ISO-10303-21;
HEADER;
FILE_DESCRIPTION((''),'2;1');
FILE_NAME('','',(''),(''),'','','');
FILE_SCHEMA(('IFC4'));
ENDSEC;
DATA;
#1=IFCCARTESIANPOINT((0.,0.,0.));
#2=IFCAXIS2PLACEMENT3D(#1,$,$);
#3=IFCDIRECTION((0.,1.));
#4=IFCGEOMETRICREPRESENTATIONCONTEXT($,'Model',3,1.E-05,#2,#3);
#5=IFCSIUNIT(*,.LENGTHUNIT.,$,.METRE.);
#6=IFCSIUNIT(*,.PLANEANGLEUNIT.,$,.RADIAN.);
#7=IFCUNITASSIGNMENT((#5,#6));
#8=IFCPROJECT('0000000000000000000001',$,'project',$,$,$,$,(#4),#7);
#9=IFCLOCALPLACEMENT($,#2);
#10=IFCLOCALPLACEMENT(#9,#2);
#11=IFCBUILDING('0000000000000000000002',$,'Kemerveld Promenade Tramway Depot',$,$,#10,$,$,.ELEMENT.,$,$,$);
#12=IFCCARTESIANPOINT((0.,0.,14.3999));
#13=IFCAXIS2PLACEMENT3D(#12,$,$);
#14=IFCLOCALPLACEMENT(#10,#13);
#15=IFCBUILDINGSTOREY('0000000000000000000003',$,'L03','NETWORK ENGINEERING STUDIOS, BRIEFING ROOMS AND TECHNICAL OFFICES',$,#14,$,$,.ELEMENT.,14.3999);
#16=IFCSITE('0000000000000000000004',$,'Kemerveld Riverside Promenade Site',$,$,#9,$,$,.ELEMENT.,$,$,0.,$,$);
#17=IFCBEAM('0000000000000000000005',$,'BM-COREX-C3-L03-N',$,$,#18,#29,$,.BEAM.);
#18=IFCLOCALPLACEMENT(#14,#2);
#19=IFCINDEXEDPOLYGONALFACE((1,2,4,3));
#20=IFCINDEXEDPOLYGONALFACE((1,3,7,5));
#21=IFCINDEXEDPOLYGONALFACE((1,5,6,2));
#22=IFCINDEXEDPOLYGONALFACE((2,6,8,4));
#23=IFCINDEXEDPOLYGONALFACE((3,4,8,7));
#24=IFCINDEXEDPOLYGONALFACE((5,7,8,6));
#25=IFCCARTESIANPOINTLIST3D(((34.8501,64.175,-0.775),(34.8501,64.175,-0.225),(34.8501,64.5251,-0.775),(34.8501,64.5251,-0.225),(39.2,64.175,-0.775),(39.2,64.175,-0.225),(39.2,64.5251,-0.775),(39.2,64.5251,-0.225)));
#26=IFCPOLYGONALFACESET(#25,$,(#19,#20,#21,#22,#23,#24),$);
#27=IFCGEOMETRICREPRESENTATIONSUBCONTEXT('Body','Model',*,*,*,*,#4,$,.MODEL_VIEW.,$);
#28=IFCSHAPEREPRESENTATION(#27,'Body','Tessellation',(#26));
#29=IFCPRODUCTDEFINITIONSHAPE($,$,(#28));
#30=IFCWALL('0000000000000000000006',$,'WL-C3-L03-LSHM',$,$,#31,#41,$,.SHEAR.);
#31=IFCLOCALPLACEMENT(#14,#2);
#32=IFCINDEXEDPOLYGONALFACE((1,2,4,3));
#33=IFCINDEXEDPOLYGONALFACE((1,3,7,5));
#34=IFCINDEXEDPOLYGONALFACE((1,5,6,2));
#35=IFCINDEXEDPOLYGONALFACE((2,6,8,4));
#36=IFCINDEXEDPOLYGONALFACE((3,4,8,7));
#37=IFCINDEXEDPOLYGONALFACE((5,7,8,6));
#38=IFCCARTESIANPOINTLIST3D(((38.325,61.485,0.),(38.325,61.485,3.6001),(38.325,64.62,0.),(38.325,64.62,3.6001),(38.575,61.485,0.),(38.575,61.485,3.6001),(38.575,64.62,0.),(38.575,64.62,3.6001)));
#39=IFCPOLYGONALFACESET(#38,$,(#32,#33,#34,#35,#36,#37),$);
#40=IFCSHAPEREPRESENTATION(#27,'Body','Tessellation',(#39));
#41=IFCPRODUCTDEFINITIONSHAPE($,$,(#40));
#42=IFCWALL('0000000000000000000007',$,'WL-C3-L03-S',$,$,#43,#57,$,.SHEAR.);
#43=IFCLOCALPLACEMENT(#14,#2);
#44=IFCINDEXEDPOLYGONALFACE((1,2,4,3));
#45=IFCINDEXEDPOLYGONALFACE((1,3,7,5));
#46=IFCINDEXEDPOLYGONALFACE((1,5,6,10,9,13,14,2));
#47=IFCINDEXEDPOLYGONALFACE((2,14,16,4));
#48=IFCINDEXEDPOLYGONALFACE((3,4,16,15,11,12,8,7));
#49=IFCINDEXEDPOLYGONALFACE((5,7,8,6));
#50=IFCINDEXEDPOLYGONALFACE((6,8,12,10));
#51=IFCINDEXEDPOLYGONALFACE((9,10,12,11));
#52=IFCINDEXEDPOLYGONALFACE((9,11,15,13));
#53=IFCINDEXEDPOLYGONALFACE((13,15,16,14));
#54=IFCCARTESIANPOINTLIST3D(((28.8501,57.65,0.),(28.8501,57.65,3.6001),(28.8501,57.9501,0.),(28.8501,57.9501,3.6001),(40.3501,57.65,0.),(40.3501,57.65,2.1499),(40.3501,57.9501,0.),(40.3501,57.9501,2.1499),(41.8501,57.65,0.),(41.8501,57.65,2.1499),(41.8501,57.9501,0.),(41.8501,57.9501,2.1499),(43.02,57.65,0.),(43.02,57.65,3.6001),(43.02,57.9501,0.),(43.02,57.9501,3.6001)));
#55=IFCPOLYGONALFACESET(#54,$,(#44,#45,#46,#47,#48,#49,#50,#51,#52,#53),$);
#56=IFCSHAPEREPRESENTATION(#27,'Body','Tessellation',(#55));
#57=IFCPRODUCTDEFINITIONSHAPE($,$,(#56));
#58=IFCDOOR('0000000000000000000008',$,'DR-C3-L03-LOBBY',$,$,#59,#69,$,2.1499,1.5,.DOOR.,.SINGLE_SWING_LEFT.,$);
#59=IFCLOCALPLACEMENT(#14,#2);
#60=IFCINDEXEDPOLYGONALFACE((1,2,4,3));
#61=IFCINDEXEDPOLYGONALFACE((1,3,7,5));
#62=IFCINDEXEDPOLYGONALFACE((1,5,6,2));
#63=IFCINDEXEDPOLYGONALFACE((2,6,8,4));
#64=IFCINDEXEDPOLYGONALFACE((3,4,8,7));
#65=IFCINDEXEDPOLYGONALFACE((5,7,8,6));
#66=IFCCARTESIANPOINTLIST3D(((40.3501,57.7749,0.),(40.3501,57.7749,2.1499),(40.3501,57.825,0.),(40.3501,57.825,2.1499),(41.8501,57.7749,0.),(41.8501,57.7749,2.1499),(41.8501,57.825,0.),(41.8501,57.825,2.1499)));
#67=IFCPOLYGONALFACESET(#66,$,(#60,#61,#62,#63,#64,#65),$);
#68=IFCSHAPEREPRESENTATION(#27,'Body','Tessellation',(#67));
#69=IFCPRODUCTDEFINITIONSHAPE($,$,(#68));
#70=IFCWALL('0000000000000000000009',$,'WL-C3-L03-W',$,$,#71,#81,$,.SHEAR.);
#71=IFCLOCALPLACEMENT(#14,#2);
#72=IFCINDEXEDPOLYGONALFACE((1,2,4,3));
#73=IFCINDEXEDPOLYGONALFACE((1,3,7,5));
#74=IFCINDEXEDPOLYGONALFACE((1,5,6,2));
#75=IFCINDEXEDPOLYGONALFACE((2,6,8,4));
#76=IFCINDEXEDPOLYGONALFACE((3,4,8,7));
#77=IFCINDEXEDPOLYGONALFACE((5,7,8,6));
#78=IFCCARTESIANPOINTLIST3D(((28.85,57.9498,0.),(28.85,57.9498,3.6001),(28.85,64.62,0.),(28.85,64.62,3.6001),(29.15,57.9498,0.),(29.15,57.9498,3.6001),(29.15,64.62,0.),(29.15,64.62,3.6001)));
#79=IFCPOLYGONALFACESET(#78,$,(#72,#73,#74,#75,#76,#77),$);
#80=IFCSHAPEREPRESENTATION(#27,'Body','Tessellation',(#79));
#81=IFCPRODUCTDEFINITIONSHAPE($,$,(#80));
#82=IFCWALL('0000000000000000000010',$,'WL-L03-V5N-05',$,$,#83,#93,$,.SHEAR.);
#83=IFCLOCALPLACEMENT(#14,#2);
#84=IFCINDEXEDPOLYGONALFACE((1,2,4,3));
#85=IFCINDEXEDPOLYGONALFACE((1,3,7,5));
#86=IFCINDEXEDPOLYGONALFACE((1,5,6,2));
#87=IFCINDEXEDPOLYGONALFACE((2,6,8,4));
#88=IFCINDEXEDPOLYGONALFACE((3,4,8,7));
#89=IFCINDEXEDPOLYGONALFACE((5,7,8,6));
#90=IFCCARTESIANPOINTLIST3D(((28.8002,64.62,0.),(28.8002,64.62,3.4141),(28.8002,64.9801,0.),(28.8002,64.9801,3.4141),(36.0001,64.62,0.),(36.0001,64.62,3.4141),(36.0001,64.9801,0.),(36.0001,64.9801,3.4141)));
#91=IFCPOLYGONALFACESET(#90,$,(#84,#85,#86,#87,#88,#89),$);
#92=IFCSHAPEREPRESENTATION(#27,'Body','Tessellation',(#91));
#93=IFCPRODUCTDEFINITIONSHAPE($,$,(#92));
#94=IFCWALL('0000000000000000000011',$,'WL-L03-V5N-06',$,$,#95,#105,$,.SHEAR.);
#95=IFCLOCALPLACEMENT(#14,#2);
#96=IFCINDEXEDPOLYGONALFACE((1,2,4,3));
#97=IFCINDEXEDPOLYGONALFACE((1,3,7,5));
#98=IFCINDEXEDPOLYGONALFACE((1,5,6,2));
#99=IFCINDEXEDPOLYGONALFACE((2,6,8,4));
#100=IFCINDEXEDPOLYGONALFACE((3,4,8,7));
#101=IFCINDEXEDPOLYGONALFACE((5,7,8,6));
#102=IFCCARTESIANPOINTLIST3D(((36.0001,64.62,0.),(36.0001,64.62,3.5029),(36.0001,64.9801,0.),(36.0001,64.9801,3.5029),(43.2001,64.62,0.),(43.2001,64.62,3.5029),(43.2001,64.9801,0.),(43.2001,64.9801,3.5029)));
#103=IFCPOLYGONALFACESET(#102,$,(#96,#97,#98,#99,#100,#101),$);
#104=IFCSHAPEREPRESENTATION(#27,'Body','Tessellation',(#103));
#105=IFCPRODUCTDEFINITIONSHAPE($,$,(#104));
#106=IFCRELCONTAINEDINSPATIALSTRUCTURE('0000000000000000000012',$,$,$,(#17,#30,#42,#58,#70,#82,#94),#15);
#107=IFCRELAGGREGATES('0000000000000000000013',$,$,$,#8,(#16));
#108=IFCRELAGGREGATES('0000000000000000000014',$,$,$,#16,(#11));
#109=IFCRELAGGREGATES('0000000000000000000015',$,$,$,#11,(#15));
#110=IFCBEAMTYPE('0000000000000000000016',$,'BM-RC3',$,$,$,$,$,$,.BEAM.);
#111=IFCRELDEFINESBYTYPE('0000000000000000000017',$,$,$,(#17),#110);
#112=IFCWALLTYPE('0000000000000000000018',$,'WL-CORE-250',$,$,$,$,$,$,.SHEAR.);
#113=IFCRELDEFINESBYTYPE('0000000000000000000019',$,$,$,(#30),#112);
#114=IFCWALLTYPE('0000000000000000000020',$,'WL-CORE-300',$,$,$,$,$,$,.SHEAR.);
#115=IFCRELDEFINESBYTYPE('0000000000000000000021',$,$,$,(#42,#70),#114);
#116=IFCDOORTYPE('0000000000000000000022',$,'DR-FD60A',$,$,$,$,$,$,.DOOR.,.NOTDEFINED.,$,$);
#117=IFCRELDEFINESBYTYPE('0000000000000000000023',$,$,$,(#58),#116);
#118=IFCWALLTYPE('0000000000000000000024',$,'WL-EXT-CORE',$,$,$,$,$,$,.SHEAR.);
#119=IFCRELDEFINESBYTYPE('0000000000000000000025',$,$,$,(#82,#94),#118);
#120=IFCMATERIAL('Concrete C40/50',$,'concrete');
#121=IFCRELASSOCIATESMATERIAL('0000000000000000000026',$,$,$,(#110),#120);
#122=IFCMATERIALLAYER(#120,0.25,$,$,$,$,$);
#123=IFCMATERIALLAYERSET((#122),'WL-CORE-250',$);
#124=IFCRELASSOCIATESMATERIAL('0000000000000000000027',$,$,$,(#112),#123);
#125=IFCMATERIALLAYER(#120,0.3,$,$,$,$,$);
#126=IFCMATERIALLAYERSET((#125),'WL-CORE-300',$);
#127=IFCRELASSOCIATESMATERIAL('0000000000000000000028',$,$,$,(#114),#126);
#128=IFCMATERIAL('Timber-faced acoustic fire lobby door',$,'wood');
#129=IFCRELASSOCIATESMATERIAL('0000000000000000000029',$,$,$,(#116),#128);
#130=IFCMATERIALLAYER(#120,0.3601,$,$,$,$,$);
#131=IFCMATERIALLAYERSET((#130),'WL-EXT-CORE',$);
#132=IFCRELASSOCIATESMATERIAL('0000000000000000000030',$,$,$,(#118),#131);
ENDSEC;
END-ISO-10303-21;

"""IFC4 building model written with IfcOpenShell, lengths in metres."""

from ifc_helpers import new_model, si_unit, direction, frame, frame_2d, origin, origin_2d, place, context, subcontext, project, spatial, rectangle, extrude, material, layer, layer_set, material_profile, profile_set, type_object, element, fill, save


model = new_model("IFC4")

# Units and contexts
model_context = context("Model", 3, precision=1e-05, world=origin(), true_north=direction((0.0, 1.0)))
body_context = subcontext(model_context, "Body", "Model", "MODEL_VIEW")
ifc_project = project(units=[si_unit("LENGTHUNIT", "METRE"), si_unit("PLANEANGLEUNIT", "RADIAN")], contexts=[model_context])

# Site, building, storey
site_placement = place(None, origin())
site = spatial("IfcSite", under=ifc_project, at=site_placement, Name="Kemerveld Riverside Promenade Site", CompositionType="ELEMENT", RefElevation=0.0)
building_placement = place(site_placement, origin())
building = spatial("IfcBuilding", under=site, at=building_placement, Name="Kemerveld Promenade Tramway Depot", CompositionType="ELEMENT")
storey_placement = place(building_placement, frame((0.0, 0.0, 14.3999)))
storey = spatial("IfcBuildingStorey", under=building, at=storey_placement, Name="L03", Description="NETWORK ENGINEERING STUDIOS, BRIEFING ROOMS AND TECHNICAL OFFICES", CompositionType="ELEMENT", Elevation=14.3999)

# Beam
ifc_material_1 = material(Name="Concrete C40/50", Category="concrete")
ifc_material_profile_1 = material_profile(ifc_material_1, rectangle(XDim=0.3501, YDim=0.55, at=origin_2d()), Name="RC-BM-350x550")
ifc_profile_set_1 = profile_set([ifc_material_profile_1], Name="Concrete C40/50")
beam_type_1 = type_object("IfcBeamType", Name="BM-RC3", PredefinedType="BEAM", material=ifc_profile_set_1)
for number, where, z_axis, x_axis, name in (
    (1, (34.8501, 64.3501, -0.5), (1.0, 0.0, 0.0), (0.0, 1.0, 0.0), "BM-COREX-C3-L03-N"),
):
    element("IfcBeam", number, at=place(storey_placement, frame(where, z_axis=z_axis, x_axis=x_axis)), inside=storey, type_object=beam_type_1, Name=name, PredefinedType="BEAM", context=body_context, shape_type="SweptSolid", body=[
        extrude(rectangle(XDim=0.3501, YDim=0.55, at=origin_2d()), origin(), (0.0, 0.0, 1.0), 4.3499),
    ])

# Shared definitions
ifc_layer_1 = layer(ifc_material_1, 0.25)
ifc_layer_set_1 = layer_set([ifc_layer_1], Name="WL-CORE-250")
wall_type_1 = type_object("IfcWallType", Name="WL-CORE-250", PredefinedType="SHEAR", material=ifc_layer_set_1)

# Wall
wall_1_placement = place(storey_placement, frame((38.45, 61.4851, 0.0), z_axis=(0.0, 0.0, 1.0), x_axis=(0.0, 1.0, 0.0)))
element("IfcWall", 2, at=wall_1_placement, inside=storey, type_object=wall_type_1, Name="WL-C3-L03-LSHM", PredefinedType="SHEAR", context=body_context, shape_type="SweptSolid", body=[
    extrude(rectangle(XDim=3.135, YDim=0.25, at=frame_2d((1.5674, 0.0))), origin(), (0.0, 0.0, 1.0), 3.6001),
])

# Wall, opening, door
ifc_layer_2 = layer(ifc_material_1, 0.3)
ifc_layer_set_2 = layer_set([ifc_layer_2], Name="WL-CORE-300")
wall_type_2 = type_object("IfcWallType", Name="WL-CORE-300", PredefinedType="SHEAR", material=ifc_layer_set_2)
wall_2_placement = place(storey_placement, frame((28.8501, 57.8, 0.0), z_axis=(0.0, 0.0, 1.0), x_axis=(1.0, 0.0, 0.0)))
wall_2 = element("IfcWall", 3, at=wall_2_placement, inside=storey, type_object=wall_type_2, Name="WL-C3-L03-S", PredefinedType="SHEAR", context=body_context, shape_type="SweptSolid", body=[
    extrude(rectangle(XDim=14.1699, YDim=0.3, at=frame_2d((7.085, 0.0))), origin(), (0.0, 0.0, 1.0), 3.6001),
])
opening_1_placement = place(wall_2_placement, frame((11.5, 0.0, 0.0)))
opening_1 = element("IfcOpeningElement", 4, at=opening_1_placement, cuts=wall_2, PredefinedType="OPENING", context=body_context, shape_type="SweptSolid", body=[
    extrude(rectangle(XDim=1.5, YDim=2.1499, at=frame_2d((0.75, 1.075))), frame((0.0, 0.1599, 0.0), z_axis=(0.0, -1.0, 0.0), x_axis=(1.0, 0.0, 0.0)), (0.0, 0.0, 1.0), 0.3201),
])
ifc_material_2 = material(Name="Timber-faced acoustic fire lobby door", Category="wood")
door_type_1 = type_object("IfcDoorType", Name="DR-FD60A", OperationType="NOTDEFINED", PredefinedType="DOOR", material=ifc_material_2)
door_1_placement = place(opening_1_placement, origin())
door_1 = element("IfcDoor", 5, at=door_1_placement, inside=storey, type_object=door_type_1, Name="DR-C3-L03-LOBBY", OperationType="SINGLE_SWING_LEFT", OverallHeight=2.1499, OverallWidth=1.5, PredefinedType="DOOR", context=body_context, shape_type="SweptSolid", body=[
    extrude(rectangle(XDim=1.5, YDim=2.1499, at=frame_2d((0.75, 1.075))), frame((0.0, 0.0249, 0.0), z_axis=(0.0, -1.0, 0.0), x_axis=(1.0, 0.0, 0.0)), (0.0, 0.0, 1.0), 0.05),
])
fill(opening_1, door_1)

# Walls
wall_3_placement = place(storey_placement, frame((29.0, 57.95, 0.0), z_axis=(0.0, 0.0, 1.0), x_axis=(0.0, 1.0, 0.0)))
element("IfcWall", 6, at=wall_3_placement, inside=storey, type_object=wall_type_2, Name="WL-C3-L03-W", PredefinedType="SHEAR", context=body_context, shape_type="SweptSolid", body=[
    extrude(rectangle(XDim=6.6702, YDim=0.3, at=frame_2d((3.335, 0.0))), origin(), (0.0, 0.0, 1.0), 3.6001),
])
ifc_layer_3 = layer(ifc_material_1, 0.3601)
ifc_layer_set_3 = layer_set([ifc_layer_3], Name="WL-EXT-CORE")
wall_type_3 = type_object("IfcWallType", Name="WL-EXT-CORE", PredefinedType="SHEAR", material=ifc_layer_set_3)
wall_4_placement = place(storey_placement, frame((28.8, 64.8, 0.0), z_axis=(0.0, 0.0, 1.0), x_axis=(1.0, 0.0, 0.0)))
element("IfcWall", 7, at=wall_4_placement, inside=storey, type_object=wall_type_3, Name="WL-L03-V5N-05", PredefinedType="SHEAR", context=body_context, shape_type="SweptSolid", body=[
    extrude(rectangle(XDim=7.2, YDim=0.3601, at=frame_2d((3.6001, 0.0))), origin(), (0.0, 0.0, 1.0), 3.4141),
])
wall_5_placement = place(storey_placement, frame((36.0, 64.8, 0.0), z_axis=(0.0, 0.0, 1.0), x_axis=(1.0, 0.0, 0.0)))
element("IfcWall", 8, at=wall_5_placement, inside=storey, type_object=wall_type_3, Name="WL-L03-V5N-06", PredefinedType="SHEAR", context=body_context, shape_type="SweptSolid", body=[
    extrude(rectangle(XDim=7.2, YDim=0.3601, at=frame_2d((3.6001, 0.0))), origin(), (0.0, 0.0, 1.0), 3.5029),
])

save(model, "model.ifc")
